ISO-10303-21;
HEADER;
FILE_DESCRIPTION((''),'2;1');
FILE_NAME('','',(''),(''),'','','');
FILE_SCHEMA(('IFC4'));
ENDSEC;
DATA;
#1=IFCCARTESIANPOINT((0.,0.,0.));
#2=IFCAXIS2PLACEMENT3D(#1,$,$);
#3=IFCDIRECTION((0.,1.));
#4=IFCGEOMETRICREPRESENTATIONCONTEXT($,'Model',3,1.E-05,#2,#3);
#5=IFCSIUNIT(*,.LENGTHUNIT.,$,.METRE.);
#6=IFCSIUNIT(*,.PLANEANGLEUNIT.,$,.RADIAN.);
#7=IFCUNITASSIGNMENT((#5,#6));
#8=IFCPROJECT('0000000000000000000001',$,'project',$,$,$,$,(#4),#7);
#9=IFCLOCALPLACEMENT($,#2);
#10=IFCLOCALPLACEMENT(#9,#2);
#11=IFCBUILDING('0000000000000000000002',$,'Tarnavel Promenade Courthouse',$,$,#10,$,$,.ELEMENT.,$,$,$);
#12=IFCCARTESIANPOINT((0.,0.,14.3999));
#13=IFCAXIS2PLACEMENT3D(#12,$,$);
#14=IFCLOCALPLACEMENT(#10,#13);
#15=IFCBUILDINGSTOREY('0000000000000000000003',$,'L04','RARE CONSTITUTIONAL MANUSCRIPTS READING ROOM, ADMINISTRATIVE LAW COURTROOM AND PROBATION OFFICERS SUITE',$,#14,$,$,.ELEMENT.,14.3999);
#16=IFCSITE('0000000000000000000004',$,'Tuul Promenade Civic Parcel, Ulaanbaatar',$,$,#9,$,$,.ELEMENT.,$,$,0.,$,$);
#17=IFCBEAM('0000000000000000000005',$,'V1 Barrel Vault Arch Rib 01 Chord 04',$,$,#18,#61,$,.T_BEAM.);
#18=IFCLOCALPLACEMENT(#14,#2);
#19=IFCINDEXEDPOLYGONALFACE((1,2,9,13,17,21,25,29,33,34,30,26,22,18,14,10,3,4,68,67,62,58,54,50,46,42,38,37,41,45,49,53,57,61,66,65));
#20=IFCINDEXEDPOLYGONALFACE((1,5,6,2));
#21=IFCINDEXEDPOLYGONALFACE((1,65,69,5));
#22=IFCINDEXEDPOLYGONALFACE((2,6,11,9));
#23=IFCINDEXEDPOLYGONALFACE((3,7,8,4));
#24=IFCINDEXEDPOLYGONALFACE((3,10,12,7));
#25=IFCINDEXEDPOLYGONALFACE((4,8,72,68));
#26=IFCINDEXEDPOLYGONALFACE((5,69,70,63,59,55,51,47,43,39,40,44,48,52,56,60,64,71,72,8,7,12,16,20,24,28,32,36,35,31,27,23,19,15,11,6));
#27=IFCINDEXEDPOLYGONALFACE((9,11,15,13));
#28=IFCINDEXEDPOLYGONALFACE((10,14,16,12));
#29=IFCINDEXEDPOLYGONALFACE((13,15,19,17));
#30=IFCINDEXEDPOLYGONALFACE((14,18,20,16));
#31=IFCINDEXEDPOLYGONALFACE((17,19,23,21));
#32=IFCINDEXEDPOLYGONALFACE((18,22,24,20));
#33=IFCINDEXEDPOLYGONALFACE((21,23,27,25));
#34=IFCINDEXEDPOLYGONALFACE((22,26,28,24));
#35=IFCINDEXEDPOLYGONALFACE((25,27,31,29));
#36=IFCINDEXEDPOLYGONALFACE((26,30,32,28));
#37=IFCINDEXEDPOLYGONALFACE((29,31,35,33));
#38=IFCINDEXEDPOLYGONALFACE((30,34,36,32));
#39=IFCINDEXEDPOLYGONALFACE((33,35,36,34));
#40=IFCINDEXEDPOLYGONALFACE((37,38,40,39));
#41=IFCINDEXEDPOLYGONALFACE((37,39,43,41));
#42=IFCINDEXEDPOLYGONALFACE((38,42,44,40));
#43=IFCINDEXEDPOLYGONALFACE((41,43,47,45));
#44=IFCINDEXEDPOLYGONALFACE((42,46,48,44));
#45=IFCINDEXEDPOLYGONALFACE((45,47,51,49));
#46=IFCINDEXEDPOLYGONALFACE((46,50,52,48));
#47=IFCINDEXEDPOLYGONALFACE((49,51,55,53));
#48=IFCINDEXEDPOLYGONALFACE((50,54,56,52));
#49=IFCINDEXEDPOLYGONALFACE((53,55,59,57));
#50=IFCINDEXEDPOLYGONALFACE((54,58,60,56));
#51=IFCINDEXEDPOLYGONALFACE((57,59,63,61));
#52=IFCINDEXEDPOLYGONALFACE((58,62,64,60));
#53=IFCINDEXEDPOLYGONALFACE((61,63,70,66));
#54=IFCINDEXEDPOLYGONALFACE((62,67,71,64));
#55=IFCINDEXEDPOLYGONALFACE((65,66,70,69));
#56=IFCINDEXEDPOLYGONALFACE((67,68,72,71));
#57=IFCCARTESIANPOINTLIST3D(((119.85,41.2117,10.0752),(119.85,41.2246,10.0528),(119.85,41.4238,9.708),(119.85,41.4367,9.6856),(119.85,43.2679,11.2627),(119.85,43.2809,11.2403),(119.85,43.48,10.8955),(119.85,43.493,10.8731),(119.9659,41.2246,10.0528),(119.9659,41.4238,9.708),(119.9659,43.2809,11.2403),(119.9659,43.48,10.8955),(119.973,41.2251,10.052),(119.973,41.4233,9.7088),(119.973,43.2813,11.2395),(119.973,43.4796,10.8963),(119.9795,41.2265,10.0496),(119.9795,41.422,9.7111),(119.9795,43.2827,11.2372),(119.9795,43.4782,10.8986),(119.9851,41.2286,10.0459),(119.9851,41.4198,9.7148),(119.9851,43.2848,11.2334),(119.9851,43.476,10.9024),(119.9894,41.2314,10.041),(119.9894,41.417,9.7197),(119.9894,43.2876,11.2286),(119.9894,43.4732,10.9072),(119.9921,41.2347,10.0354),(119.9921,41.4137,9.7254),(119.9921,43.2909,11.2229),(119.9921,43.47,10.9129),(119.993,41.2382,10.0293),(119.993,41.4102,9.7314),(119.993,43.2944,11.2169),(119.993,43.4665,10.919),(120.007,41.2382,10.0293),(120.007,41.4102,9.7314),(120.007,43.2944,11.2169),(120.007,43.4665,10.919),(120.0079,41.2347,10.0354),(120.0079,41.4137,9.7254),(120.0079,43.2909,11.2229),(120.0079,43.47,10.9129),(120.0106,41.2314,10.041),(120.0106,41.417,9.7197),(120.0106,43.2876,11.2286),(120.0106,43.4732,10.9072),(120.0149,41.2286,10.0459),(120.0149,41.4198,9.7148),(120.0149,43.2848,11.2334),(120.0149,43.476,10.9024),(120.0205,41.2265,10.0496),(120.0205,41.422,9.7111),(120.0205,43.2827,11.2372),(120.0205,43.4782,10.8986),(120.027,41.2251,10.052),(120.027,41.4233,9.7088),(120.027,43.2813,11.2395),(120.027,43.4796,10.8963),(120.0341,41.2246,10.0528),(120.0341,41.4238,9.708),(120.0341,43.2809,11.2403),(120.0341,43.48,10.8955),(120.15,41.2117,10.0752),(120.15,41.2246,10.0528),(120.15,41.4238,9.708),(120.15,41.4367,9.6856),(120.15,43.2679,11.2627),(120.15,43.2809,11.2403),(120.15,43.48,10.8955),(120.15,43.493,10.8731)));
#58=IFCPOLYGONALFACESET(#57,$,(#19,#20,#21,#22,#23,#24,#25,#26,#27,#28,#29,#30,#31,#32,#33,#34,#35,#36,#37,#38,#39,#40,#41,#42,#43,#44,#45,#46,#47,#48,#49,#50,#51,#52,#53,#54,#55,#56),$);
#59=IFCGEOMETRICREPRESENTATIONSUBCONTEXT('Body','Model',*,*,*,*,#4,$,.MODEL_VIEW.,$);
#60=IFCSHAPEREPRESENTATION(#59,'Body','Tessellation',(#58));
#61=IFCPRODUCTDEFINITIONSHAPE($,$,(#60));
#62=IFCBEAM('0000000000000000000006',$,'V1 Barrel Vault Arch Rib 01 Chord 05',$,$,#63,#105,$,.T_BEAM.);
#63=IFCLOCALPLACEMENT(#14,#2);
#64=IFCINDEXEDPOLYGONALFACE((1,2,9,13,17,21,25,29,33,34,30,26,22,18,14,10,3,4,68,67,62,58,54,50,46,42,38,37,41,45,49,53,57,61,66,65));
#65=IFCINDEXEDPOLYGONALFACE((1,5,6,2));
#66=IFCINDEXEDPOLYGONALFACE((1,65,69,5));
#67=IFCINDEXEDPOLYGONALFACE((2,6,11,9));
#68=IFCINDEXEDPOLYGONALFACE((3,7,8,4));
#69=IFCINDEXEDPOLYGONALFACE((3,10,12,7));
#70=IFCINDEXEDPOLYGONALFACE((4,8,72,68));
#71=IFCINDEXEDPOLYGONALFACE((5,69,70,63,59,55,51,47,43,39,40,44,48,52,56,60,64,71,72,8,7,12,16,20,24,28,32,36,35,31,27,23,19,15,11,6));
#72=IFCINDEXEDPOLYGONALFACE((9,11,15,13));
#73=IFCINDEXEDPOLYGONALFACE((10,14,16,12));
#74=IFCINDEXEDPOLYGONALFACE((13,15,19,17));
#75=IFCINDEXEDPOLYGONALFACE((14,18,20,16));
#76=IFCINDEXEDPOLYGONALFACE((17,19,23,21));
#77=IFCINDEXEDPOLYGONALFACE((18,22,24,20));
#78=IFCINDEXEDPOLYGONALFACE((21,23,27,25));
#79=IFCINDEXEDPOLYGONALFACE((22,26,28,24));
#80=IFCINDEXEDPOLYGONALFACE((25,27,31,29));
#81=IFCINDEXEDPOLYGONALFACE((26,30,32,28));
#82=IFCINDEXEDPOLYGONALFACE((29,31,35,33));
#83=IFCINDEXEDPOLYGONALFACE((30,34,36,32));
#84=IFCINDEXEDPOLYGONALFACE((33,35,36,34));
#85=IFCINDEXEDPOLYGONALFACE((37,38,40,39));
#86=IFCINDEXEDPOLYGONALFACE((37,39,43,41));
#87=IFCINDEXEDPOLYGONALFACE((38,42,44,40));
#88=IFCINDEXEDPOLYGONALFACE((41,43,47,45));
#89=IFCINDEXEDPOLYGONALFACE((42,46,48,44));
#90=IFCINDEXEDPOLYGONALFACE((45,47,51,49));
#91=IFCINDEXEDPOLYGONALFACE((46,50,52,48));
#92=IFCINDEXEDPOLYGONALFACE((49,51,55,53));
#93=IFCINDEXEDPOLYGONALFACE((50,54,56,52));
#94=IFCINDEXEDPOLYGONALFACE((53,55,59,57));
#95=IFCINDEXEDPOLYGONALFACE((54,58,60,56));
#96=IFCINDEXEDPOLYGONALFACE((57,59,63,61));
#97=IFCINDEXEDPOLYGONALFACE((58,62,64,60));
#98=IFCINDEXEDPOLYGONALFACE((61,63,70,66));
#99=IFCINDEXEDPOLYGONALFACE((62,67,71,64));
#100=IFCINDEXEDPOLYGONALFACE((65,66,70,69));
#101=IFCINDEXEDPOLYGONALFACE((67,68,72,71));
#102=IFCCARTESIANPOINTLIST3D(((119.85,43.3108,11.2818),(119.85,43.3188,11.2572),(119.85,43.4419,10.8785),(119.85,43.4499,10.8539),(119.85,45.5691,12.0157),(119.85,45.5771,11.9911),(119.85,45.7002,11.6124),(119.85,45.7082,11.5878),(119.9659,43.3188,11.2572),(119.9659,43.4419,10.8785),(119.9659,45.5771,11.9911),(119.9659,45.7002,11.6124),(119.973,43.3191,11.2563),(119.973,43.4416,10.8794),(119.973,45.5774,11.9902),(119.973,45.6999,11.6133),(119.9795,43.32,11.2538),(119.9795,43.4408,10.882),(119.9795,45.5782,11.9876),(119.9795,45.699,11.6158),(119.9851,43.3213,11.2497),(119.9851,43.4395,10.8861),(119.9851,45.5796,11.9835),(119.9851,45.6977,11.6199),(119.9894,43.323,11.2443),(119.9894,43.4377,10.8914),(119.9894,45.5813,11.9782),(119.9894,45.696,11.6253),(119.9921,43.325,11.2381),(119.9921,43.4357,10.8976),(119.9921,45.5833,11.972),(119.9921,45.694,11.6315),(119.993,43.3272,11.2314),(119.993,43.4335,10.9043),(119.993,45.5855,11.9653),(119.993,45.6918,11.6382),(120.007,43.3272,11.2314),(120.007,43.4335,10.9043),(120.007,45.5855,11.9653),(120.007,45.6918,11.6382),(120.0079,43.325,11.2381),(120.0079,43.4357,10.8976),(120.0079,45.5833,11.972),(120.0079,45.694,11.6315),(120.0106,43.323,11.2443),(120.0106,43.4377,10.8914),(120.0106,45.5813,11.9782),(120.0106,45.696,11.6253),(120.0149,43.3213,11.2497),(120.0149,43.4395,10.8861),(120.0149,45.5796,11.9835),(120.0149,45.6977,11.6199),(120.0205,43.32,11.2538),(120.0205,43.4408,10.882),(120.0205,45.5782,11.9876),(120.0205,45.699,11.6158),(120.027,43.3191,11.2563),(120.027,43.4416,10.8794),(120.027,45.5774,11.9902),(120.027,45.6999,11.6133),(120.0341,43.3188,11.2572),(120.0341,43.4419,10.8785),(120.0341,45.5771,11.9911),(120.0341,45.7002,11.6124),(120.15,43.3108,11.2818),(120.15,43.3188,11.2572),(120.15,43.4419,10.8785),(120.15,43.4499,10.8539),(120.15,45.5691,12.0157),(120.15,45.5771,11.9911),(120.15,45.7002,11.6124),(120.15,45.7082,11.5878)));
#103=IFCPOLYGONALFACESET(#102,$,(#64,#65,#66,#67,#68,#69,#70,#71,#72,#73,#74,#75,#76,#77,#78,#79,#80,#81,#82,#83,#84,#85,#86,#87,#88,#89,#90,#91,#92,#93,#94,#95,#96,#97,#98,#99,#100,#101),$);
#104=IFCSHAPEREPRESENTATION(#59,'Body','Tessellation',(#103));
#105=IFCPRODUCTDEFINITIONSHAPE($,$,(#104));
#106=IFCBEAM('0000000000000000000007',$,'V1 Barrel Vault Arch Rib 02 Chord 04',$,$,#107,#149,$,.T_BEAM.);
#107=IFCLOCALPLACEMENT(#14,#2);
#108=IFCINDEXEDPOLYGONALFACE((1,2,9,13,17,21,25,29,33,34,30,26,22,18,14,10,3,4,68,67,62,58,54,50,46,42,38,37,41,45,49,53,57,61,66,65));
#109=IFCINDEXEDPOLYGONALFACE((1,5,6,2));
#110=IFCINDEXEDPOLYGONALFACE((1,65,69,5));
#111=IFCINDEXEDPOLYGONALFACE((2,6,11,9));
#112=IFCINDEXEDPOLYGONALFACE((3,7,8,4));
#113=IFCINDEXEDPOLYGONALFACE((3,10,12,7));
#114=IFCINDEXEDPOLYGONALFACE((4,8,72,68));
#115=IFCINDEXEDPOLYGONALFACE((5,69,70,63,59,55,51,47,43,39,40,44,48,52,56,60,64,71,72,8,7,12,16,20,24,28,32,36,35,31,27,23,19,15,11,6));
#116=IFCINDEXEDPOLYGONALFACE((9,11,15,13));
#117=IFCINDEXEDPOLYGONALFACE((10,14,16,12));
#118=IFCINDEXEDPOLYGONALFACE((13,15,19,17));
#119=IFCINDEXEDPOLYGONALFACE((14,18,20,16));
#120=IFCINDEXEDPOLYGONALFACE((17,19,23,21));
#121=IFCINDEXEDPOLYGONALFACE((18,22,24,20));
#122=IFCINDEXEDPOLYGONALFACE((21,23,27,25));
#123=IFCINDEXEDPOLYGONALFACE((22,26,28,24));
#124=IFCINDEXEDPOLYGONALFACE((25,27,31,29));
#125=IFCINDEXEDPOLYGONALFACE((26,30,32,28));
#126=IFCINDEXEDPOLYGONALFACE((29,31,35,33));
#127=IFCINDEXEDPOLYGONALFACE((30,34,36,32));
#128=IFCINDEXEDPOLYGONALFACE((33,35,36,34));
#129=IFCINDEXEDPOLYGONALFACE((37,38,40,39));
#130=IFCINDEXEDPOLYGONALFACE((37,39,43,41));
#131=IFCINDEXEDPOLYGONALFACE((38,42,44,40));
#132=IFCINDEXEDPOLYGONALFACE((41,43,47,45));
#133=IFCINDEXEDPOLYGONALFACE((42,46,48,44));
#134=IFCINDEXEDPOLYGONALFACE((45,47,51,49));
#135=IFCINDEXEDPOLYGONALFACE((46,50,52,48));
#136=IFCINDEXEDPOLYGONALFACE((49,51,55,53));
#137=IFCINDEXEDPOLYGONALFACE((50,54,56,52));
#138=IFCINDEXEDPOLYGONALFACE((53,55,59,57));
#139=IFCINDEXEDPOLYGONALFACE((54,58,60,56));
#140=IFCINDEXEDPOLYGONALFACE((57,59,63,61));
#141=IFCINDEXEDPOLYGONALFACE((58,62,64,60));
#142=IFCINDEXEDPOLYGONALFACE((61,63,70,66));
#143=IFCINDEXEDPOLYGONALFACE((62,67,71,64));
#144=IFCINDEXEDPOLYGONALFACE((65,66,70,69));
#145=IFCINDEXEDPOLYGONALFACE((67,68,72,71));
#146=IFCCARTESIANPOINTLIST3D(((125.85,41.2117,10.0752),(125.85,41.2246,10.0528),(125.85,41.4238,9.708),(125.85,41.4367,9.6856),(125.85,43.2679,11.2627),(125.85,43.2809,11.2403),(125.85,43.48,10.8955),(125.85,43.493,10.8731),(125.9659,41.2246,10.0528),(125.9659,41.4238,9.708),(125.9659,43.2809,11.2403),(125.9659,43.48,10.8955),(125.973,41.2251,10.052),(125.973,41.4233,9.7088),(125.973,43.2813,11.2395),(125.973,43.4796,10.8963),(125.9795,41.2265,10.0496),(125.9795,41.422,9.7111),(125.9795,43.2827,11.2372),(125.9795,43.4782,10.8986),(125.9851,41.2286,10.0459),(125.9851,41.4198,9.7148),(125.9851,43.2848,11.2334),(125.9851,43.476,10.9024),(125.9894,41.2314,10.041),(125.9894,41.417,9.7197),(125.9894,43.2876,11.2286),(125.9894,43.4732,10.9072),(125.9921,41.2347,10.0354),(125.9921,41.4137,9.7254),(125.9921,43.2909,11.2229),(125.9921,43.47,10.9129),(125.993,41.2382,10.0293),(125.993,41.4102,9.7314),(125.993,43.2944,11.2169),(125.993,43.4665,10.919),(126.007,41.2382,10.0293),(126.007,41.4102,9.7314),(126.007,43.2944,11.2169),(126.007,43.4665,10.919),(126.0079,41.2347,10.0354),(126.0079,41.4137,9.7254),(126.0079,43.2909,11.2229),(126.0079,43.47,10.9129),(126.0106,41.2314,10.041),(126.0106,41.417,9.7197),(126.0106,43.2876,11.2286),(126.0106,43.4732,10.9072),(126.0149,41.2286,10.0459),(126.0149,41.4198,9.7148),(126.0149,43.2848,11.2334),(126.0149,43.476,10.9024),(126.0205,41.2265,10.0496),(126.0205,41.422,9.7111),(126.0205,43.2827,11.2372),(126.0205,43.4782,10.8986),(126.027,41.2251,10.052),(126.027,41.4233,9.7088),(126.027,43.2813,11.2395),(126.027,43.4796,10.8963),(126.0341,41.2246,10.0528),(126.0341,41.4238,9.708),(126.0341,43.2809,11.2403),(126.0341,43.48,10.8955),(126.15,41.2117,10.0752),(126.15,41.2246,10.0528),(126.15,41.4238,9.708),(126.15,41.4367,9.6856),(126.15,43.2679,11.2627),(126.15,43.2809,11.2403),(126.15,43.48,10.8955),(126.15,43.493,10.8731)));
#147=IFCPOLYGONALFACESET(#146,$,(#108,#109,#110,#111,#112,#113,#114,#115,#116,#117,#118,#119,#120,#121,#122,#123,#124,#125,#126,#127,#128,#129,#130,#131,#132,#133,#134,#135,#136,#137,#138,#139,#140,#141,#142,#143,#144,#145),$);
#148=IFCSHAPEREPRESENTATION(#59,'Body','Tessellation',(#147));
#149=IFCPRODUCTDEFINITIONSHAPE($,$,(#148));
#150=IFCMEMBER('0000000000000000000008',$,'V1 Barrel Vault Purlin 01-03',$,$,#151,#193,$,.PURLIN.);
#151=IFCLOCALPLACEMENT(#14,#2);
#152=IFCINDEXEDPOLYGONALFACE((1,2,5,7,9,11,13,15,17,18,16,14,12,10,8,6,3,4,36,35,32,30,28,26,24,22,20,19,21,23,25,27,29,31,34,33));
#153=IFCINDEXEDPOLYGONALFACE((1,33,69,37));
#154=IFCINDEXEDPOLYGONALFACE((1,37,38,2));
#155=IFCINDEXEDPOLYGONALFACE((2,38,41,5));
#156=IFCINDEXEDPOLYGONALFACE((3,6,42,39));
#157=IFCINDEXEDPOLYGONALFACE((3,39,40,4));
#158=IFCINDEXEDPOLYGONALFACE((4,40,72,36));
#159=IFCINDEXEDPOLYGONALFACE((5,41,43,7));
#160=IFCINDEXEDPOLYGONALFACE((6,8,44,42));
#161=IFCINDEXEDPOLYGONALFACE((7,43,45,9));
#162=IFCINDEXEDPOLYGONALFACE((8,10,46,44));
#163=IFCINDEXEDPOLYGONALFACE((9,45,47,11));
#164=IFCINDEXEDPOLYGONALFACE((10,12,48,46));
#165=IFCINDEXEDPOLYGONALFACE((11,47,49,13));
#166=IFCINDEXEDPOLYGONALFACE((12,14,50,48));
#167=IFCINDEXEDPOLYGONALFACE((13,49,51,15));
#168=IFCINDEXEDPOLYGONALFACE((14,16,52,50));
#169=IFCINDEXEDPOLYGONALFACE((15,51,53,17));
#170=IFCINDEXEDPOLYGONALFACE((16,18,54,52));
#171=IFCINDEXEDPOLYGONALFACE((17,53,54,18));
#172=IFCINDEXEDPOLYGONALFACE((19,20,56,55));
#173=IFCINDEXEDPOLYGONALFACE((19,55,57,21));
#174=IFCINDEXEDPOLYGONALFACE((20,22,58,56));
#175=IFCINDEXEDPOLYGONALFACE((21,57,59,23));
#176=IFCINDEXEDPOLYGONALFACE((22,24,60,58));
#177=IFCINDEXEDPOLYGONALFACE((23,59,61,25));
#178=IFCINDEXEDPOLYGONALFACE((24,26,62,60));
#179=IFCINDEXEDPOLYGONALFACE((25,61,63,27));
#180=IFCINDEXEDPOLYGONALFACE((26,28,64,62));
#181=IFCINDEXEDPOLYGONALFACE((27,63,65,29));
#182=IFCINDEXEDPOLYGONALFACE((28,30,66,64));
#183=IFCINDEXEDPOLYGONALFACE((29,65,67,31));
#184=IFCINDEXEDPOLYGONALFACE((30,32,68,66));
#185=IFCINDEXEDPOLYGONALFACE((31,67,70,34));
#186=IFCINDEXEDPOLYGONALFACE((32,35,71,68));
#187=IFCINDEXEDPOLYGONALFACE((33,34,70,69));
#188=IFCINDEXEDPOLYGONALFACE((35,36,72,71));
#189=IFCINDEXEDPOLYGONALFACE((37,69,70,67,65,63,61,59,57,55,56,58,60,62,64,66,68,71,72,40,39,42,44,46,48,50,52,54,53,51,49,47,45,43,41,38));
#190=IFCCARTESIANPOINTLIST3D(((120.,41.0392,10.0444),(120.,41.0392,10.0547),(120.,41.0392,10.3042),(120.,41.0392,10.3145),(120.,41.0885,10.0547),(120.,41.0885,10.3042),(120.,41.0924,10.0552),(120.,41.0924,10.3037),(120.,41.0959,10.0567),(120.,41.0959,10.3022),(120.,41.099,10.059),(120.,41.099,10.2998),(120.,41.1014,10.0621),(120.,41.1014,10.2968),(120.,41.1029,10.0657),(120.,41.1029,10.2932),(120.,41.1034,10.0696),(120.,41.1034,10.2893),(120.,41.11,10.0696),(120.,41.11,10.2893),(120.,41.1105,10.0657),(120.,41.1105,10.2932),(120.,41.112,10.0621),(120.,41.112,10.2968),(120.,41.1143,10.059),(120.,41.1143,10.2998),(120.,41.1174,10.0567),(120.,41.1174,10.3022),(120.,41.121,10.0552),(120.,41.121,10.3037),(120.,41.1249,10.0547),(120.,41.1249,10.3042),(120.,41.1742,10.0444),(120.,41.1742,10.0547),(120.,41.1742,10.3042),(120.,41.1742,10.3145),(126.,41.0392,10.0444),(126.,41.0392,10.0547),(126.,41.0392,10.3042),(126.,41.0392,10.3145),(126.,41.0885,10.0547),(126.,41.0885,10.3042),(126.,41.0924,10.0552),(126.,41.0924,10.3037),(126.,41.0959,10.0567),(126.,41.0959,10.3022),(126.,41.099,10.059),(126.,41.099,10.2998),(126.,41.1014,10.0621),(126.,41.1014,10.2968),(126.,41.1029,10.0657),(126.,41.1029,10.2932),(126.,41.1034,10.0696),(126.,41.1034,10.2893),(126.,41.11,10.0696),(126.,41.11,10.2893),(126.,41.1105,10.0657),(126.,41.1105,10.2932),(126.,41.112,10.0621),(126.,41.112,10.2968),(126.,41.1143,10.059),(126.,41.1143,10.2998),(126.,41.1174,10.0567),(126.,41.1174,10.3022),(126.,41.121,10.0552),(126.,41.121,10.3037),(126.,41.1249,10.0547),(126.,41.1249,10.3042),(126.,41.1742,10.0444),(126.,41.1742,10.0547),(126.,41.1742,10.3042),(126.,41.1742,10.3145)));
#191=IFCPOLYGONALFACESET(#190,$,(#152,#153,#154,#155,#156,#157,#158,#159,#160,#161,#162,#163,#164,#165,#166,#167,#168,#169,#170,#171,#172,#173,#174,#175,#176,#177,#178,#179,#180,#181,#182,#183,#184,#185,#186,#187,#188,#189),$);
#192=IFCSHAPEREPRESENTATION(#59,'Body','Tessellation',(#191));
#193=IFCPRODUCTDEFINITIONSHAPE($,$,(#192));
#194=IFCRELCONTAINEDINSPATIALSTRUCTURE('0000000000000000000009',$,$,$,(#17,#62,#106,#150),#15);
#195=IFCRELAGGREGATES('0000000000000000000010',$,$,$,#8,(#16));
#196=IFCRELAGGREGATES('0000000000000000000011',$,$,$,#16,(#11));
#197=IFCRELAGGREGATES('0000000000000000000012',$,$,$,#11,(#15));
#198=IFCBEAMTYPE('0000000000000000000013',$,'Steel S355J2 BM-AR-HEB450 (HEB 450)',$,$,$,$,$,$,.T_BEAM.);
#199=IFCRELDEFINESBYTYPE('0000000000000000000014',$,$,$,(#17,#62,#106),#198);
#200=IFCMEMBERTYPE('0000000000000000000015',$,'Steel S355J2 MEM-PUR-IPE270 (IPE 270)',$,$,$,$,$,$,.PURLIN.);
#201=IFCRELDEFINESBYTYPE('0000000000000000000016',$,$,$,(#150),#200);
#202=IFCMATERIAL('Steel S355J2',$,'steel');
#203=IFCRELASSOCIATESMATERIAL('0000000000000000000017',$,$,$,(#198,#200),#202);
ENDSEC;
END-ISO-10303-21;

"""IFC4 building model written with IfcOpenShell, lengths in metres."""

from ifc_helpers import new_model, si_unit, direction, frame, origin, origin_2d, place, context, subcontext, project, spatial, i_section, extrude, material, material_profile, profile_set, type_object, element, save


model = new_model("IFC4")

# Units and contexts
model_context = context("Model", 3, precision=1e-05, world=origin(), true_north=direction((0.0, 1.0)))
body_context = subcontext(model_context, "Body", "Model", "MODEL_VIEW")
ifc_project = project(units=[si_unit("LENGTHUNIT", "METRE"), si_unit("PLANEANGLEUNIT", "RADIAN")], contexts=[model_context])

# Site, building, storey
site_placement = place(None, origin())
site = spatial("IfcSite", under=ifc_project, at=site_placement, Name="Tuul Promenade Civic Parcel, Ulaanbaatar", CompositionType="ELEMENT", RefElevation=0.0)
building_placement = place(site_placement, origin())
building = spatial("IfcBuilding", under=site, at=building_placement, Name="Tarnavel Promenade Courthouse", CompositionType="ELEMENT")
storey_placement = place(building_placement, frame((0.0, 0.0, 14.3999)))
storey = spatial("IfcBuildingStorey", under=building, at=storey_placement, Name="L04", Description="RARE CONSTITUTIONAL MANUSCRIPTS READING ROOM, ADMINISTRATIVE LAW COURTROOM AND PROBATION OFFICERS SUITE", CompositionType="ELEMENT", Elevation=14.3999)

# Beams
ifc_material_1 = material(Name="Steel S355J2", Category="steel")
ifc_material_profile_1 = material_profile(ifc_material_1, i_section(OverallWidth=0.3, OverallDepth=0.45, WebThickness=0.0139, FlangeThickness=0.0259, FilletRadius=0.0271, at=origin_2d()), Name="HEB 450")
ifc_profile_set_1 = profile_set([ifc_material_profile_1], Name="Steel S355J2")
beam_type = type_object("IfcBeamType", Name="Steel S355J2 BM-AR-HEB450 (HEB 450)", PredefinedType="T_BEAM", material=ifc_profile_set_1)
for number, where, z_axis, x_axis, name in (
    (1, (120.0, 41.3242, 9.8804), (0.0, 0.865956, 0.50012), (-1.0, 0.0, 0.0), "V1 Barrel Vault Arch Rib 01 Chord 04"),
    (2, (120.0, 43.3804, 11.0679), (0.0, 0.951042, 0.309063), (-1.0, 0.0, 0.0), "V1 Barrel Vault Arch Rib 01 Chord 05"),
    (3, (126.0, 41.3242, 9.8804), (0.0, 0.865956, 0.50012), (-1.0, 0.0, 0.0), "V1 Barrel Vault Arch Rib 02 Chord 04"),
):
    element("IfcBeam", number, at=place(storey_placement, frame(where, z_axis=z_axis, x_axis=x_axis)), inside=storey, type_object=beam_type, Name=name, PredefinedType="T_BEAM", context=body_context, shape_type="SweptSolid", body=[
        extrude(i_section(OverallWidth=0.3, OverallDepth=0.45, WebThickness=0.0139, FlangeThickness=0.0259, FilletRadius=0.0271, at=origin_2d()), origin(), (0.0, 0.0, 1.0), 2.3745),
    ])

# Member
ifc_material_profile_2 = material_profile(ifc_material_1, i_section(OverallWidth=0.135, OverallDepth=0.27, WebThickness=0.0066, FlangeThickness=0.0103, FilletRadius=0.0149, at=origin_2d()), Name="IPE 270")
ifc_profile_set_2 = profile_set([ifc_material_profile_2], Name="Steel S355J2")
member_type_1 = type_object("IfcMemberType", Name="Steel S355J2 MEM-PUR-IPE270 (IPE 270)", PredefinedType="PURLIN", material=ifc_profile_set_2)
for number, where, z_axis, x_axis, name in (
    (4, (120.0, 41.1067, 10.1794), (1.0, 0.0, 0.0), (0.0, 1.0, 0.0), "V1 Barrel Vault Purlin 01-03"),
):
    element("IfcMember", number, at=place(storey_placement, frame(where, z_axis=z_axis, x_axis=x_axis)), inside=storey, type_object=member_type_1, Name=name, PredefinedType="PURLIN", context=body_context, shape_type="SweptSolid", body=[
        extrude(i_section(OverallWidth=0.135, OverallDepth=0.27, WebThickness=0.0066, FlangeThickness=0.0103, FilletRadius=0.0149, at=origin_2d()), origin(), (0.0, 0.0, 1.0), 6.0),
    ])

save(model, "model.ifc")
